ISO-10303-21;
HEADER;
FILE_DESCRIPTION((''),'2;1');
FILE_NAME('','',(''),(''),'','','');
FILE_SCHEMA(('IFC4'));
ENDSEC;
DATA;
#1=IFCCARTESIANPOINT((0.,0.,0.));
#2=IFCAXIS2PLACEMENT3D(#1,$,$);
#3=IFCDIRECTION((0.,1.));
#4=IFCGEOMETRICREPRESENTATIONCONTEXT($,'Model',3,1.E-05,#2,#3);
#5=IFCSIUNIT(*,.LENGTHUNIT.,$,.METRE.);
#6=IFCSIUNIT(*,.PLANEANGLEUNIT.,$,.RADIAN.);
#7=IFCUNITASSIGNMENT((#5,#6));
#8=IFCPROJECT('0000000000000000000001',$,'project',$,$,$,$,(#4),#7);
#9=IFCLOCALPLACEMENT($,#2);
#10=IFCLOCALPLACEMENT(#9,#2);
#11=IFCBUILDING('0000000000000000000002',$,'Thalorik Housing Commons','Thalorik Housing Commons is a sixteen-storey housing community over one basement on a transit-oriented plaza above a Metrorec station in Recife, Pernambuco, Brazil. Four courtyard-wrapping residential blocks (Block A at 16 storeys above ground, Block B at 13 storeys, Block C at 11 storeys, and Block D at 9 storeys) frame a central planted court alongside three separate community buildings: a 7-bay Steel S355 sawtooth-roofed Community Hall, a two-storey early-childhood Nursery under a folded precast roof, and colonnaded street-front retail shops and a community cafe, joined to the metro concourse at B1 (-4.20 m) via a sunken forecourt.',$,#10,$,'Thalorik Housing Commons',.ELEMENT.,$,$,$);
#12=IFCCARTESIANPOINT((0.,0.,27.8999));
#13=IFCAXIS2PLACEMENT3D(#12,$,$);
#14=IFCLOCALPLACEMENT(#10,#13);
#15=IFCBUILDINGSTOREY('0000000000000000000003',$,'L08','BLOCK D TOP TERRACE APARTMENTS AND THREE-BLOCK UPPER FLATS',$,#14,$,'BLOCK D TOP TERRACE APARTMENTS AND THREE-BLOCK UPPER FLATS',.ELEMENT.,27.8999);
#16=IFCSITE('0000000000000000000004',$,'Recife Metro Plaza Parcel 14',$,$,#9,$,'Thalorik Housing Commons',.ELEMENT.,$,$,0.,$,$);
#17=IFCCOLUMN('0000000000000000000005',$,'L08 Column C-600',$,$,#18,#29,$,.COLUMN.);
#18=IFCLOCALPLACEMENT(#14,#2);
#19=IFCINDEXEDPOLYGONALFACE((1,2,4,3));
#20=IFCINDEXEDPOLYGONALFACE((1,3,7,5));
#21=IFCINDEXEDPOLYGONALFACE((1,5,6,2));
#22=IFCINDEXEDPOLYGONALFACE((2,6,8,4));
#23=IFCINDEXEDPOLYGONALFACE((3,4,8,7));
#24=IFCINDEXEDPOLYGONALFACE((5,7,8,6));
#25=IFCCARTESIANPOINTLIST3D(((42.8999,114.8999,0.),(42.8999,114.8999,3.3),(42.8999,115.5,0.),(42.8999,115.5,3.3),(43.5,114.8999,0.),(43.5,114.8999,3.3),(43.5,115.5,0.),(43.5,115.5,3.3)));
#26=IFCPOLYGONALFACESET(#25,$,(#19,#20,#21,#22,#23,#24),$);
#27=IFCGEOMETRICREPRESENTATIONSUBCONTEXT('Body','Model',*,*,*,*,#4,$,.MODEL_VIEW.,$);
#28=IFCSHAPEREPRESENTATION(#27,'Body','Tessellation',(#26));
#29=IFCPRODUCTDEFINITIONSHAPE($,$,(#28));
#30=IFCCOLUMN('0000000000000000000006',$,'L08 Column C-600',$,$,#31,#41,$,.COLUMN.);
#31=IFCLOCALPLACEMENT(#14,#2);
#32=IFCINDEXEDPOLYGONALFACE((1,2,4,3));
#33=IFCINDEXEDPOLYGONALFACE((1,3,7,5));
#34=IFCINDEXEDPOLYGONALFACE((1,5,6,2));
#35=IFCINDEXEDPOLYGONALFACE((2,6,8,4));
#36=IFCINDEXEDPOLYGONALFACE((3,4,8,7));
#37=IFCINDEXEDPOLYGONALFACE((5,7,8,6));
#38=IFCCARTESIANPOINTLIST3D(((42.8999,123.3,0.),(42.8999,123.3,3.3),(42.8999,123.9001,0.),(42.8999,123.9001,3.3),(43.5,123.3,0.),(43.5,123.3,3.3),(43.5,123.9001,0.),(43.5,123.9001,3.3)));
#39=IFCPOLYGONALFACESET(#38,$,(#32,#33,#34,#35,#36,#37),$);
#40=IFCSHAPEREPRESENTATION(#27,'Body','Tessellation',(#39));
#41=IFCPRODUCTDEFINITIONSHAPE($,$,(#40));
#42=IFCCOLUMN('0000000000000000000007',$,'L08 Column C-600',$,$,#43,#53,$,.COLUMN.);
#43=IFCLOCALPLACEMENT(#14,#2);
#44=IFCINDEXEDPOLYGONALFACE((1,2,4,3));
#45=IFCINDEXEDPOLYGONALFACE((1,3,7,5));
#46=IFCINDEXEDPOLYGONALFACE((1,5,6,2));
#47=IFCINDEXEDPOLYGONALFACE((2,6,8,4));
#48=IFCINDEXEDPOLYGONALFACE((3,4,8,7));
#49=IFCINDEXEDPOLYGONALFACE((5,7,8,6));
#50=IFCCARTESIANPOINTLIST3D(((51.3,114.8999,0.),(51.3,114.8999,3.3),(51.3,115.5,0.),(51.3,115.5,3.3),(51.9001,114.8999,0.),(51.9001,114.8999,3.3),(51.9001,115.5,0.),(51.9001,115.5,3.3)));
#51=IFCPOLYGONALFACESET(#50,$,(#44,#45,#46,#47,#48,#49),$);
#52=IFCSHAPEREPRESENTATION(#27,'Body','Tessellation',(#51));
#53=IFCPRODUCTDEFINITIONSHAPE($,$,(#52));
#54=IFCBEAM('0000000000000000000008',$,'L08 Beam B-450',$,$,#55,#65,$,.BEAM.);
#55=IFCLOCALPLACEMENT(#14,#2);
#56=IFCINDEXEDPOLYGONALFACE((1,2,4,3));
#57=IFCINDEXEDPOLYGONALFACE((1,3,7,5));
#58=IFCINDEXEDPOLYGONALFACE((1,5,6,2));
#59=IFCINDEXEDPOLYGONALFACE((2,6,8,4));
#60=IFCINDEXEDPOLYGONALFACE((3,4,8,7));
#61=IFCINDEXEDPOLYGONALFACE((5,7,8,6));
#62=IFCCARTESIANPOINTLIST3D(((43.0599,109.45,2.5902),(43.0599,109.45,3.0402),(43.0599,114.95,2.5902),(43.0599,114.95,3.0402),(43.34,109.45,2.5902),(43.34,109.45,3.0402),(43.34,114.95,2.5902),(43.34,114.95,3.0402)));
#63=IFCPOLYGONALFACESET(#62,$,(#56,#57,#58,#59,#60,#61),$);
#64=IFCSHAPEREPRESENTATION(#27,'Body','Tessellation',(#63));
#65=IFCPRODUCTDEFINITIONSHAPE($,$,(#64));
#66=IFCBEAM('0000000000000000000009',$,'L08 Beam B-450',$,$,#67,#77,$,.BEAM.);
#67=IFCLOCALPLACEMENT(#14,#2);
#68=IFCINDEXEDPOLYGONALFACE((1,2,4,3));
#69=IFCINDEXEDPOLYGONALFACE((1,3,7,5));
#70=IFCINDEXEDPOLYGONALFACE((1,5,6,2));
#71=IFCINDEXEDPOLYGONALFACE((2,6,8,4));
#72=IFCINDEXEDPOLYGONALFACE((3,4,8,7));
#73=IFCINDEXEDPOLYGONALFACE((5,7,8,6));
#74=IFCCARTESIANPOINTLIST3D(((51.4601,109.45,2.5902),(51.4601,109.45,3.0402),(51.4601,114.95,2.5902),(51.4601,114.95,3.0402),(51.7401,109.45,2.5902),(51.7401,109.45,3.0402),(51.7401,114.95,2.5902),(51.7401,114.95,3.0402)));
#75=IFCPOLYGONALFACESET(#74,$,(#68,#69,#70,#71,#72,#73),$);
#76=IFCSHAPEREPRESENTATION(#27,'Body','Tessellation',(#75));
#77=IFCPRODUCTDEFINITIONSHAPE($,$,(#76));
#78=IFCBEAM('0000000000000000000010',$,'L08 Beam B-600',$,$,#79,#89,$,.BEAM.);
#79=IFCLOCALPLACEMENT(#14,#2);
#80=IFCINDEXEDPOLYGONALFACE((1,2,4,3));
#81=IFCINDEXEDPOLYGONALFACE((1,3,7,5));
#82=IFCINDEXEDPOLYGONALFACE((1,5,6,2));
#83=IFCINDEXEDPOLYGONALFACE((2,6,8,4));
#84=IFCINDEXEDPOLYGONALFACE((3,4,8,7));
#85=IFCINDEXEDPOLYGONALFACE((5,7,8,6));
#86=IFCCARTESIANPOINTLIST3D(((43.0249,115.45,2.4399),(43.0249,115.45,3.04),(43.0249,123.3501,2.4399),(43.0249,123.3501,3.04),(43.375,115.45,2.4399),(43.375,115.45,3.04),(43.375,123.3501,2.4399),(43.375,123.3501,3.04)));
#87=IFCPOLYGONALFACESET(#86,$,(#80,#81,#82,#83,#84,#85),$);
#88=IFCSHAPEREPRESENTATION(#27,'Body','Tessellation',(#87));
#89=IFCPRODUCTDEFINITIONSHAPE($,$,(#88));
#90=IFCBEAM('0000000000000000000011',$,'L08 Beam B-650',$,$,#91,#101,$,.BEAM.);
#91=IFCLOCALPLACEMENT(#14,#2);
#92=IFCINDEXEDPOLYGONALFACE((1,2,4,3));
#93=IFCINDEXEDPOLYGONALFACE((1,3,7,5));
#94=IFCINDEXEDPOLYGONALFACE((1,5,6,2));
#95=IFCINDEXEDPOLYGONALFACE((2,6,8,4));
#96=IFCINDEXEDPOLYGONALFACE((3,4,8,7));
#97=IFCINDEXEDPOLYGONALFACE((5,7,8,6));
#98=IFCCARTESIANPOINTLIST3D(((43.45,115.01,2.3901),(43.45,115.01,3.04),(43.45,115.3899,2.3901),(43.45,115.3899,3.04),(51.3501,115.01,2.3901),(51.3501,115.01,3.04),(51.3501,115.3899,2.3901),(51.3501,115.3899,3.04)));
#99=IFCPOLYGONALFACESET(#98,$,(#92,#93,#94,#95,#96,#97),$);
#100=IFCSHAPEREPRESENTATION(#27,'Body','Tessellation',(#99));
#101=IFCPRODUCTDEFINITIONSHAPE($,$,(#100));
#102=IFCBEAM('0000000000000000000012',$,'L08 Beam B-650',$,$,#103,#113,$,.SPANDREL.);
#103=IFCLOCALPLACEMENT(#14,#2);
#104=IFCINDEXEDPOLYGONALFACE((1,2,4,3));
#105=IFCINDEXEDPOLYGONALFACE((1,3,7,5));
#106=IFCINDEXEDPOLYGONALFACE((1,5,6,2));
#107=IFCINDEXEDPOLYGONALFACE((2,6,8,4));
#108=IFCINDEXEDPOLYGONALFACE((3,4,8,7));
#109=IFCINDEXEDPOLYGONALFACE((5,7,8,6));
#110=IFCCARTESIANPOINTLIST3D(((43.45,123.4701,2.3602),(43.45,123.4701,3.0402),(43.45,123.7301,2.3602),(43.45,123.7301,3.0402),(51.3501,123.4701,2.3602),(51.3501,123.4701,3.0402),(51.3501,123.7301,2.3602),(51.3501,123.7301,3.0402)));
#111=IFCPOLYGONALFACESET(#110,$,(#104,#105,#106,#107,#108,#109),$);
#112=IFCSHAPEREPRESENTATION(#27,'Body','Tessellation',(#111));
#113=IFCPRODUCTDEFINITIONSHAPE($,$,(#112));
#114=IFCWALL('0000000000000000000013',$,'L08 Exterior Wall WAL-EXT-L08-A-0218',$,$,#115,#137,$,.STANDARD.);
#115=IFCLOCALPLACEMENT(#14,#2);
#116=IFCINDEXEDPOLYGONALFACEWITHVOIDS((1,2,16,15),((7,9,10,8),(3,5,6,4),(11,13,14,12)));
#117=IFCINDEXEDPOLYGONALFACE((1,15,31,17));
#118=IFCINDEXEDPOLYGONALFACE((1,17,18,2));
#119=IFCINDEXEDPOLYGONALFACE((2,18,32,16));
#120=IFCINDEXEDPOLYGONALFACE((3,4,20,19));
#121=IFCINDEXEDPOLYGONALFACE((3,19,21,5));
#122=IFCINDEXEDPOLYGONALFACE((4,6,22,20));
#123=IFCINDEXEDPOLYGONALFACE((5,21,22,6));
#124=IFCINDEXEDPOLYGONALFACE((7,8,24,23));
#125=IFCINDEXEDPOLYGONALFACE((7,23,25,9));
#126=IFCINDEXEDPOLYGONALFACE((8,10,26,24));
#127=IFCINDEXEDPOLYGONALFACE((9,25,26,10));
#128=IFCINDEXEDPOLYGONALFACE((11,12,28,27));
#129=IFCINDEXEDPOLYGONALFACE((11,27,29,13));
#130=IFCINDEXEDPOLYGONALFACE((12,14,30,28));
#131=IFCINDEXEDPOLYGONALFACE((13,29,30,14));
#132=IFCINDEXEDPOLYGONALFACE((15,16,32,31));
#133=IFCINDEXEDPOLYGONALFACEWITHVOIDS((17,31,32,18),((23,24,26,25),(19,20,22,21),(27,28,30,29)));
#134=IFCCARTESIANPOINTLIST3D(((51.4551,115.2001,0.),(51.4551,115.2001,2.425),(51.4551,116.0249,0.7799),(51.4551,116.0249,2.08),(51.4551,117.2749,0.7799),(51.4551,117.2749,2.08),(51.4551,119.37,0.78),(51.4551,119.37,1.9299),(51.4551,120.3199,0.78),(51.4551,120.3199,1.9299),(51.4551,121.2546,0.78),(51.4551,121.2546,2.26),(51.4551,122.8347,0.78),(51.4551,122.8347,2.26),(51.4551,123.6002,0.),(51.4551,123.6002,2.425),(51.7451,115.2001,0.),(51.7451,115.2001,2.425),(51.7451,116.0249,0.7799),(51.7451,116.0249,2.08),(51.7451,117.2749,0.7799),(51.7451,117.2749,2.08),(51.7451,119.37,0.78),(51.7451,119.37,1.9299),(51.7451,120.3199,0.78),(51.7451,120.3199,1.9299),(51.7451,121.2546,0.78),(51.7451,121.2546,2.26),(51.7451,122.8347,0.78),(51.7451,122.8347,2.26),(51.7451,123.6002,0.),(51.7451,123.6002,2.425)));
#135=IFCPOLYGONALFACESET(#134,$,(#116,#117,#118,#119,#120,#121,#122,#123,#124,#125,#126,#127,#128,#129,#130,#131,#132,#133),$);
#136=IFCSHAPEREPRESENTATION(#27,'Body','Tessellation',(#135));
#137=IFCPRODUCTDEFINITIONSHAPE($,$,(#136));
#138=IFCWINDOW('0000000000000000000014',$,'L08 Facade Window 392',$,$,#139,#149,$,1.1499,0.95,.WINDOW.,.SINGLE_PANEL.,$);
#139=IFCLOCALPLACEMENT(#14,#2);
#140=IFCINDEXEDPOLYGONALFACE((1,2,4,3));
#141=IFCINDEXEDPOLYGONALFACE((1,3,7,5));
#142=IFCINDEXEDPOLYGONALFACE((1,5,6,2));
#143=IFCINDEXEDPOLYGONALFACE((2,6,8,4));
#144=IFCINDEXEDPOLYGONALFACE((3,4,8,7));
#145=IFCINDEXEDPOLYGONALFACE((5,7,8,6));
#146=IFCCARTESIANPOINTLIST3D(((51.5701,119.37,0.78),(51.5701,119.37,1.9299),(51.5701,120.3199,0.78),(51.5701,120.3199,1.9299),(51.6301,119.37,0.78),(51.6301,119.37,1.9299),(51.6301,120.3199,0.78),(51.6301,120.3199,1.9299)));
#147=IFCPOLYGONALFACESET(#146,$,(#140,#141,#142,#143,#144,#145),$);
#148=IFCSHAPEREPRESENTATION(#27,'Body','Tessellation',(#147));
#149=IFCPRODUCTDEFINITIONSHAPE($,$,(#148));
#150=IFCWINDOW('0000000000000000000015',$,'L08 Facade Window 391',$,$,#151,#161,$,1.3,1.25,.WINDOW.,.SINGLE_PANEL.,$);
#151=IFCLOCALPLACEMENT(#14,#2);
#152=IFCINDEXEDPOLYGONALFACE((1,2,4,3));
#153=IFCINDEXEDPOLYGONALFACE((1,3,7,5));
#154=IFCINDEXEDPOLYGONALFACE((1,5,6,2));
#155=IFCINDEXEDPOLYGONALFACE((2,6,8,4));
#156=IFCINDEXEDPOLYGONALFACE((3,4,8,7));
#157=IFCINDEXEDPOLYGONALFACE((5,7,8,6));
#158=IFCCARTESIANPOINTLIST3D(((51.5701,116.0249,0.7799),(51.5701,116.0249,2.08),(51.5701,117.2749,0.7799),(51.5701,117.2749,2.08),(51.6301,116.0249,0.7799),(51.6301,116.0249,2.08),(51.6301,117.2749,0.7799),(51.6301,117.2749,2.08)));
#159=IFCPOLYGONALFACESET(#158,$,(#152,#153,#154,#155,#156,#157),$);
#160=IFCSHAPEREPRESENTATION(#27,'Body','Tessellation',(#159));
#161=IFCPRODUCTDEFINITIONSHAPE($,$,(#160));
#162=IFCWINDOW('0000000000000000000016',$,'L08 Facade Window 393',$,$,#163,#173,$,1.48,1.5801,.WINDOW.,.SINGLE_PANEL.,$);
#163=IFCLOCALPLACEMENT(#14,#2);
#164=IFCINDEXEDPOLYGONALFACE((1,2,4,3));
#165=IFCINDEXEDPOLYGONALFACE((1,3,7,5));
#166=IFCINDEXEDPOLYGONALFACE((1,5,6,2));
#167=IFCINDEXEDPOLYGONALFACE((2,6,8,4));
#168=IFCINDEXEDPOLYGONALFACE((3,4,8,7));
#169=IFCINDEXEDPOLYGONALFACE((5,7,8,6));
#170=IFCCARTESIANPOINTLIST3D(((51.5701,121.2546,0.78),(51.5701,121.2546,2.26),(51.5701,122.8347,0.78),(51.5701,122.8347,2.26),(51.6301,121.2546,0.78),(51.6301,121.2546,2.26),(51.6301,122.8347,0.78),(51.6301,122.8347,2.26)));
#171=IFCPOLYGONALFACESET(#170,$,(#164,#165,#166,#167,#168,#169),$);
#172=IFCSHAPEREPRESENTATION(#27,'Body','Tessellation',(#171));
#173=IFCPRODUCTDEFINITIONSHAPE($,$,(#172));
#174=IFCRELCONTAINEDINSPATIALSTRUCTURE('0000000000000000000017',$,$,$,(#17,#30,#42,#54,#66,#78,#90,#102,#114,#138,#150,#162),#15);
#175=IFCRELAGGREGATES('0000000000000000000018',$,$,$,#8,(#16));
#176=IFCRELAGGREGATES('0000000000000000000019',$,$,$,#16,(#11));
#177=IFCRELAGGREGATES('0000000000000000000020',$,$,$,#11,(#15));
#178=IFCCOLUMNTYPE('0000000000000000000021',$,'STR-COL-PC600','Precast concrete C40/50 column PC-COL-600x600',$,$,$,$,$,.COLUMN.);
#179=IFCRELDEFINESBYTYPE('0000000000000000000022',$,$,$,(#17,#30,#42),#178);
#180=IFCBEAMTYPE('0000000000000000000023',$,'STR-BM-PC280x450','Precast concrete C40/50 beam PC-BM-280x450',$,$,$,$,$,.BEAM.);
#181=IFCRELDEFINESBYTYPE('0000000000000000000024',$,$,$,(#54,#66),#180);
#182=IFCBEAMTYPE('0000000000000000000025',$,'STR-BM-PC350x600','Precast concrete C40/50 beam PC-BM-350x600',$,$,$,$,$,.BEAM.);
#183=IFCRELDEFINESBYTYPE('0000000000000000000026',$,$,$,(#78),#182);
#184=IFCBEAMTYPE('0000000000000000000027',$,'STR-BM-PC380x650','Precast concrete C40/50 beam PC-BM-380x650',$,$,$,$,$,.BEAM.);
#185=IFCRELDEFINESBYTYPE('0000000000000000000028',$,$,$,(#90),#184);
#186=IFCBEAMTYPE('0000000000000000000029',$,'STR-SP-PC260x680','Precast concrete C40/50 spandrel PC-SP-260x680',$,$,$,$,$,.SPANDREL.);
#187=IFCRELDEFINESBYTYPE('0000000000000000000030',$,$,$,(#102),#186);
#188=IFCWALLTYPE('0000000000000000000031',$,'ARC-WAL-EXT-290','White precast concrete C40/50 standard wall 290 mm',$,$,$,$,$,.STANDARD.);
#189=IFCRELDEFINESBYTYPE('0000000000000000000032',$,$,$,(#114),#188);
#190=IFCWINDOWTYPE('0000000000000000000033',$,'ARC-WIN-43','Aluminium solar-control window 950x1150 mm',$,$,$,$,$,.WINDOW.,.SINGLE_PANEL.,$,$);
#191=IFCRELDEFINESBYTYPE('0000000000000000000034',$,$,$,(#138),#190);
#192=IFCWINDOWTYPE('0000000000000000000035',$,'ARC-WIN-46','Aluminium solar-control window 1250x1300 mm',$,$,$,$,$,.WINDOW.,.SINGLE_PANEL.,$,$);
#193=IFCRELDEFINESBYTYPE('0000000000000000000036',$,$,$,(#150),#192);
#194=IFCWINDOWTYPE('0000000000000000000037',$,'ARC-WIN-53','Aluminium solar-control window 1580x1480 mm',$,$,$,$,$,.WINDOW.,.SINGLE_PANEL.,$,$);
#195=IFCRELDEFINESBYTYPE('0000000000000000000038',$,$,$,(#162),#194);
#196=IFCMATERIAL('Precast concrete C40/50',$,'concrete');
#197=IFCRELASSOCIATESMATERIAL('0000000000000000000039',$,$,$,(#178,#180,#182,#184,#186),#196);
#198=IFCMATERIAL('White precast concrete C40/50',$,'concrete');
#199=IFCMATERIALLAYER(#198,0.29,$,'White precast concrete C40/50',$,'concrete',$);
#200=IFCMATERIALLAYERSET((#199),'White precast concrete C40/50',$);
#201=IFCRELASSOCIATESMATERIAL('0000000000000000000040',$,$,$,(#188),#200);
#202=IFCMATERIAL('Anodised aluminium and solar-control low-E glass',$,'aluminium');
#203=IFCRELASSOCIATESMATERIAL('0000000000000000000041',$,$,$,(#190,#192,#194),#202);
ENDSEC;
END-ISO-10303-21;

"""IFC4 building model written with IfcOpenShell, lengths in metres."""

from ifc_helpers import new_model, si_unit, direction, frame, frame_2d, origin, origin_2d, place, context, subcontext, project, spatial, rectangle, extrude, material, layer, layer_set, material_profile, profile_set, type_object, element, fill, save


model = new_model("IFC4")

# Units and contexts
model_context = context("Model", 3, precision=1e-05, world=origin(), true_north=direction((0.0, 1.0)))
body_context = subcontext(model_context, "Body", "Model", "MODEL_VIEW")
ifc_project = project(units=[si_unit("LENGTHUNIT", "METRE"), si_unit("PLANEANGLEUNIT", "RADIAN")], contexts=[model_context])

# Site, building, storey
site_placement = place(None, origin())
site = spatial("IfcSite", under=ifc_project, at=site_placement, Name="Recife Metro Plaza Parcel 14", LongName="Thalorik Housing Commons", CompositionType="ELEMENT", RefElevation=0.0)
building_placement = place(site_placement, origin())
building = spatial("IfcBuilding", under=site, at=building_placement, Name="Thalorik Housing Commons", Description="Thalorik Housing Commons is a sixteen-storey housing community over one basement on a transit-oriented plaza above a Metrorec station in Recife, Pernambuco, Brazil. Four courtyard-wrapping residential blocks (Block A at 16 storeys above ground, Block B at 13 storeys, Block C at 11 storeys, and Block D at 9 storeys) frame a central planted court alongside three separate community buildings: a 7-bay Steel S355 sawtooth-roofed Community Hall, a two-storey early-childhood Nursery under a folded precast roof, and colonnaded street-front retail shops and a community cafe, joined to the metro concourse at B1 (-4.20 m) via a sunken forecourt.", LongName="Thalorik Housing Commons", CompositionType="ELEMENT")
storey_placement = place(building_placement, frame((0.0, 0.0, 27.8999)))
storey = spatial("IfcBuildingStorey", under=building, at=storey_placement, Name="L08", Description="BLOCK D TOP TERRACE APARTMENTS AND THREE-BLOCK UPPER FLATS", LongName="BLOCK D TOP TERRACE APARTMENTS AND THREE-BLOCK UPPER FLATS", CompositionType="ELEMENT", Elevation=27.8999)

# Columns
ifc_material_1 = material(Name="Precast concrete C40/50", Category="concrete")
ifc_material_profile_1 = material_profile(ifc_material_1, rectangle(XDim=0.6001, YDim=0.6001, at=origin_2d()), Name="PC 600x600", Category="concrete")
ifc_profile_set_1 = profile_set([ifc_material_profile_1], Name="Precast concrete C40/50")
column_type = type_object("IfcColumnType", Name="STR-COL-PC600", Description="Precast concrete C40/50 column PC-COL-600x600", PredefinedType="COLUMN", material=ifc_profile_set_1)
for number, where, z_axis, x_axis, name in (
    (1, (43.2, 115.2, 0.0), (0.0, 0.0, 1.0), (1.0, 0.0, 0.0), "L08 Column C-600"),
    (2, (43.2, 123.6001, 0.0), (0.0, 0.0, 1.0), (1.0, 0.0, 0.0), "L08 Column C-600"),
    (3, (51.6001, 115.2, 0.0), (0.0, 0.0, 1.0), (1.0, 0.0, 0.0), "L08 Column C-600"),
):
    element("IfcColumn", number, at=place(storey_placement, frame(where, z_axis=z_axis, x_axis=x_axis)), inside=storey, type_object=column_type, Name=name, PredefinedType="COLUMN", context=body_context, shape_type="SweptSolid", body=[
        extrude(rectangle(XDim=0.6001, YDim=0.6001, at=origin_2d()), origin(), (0.0, 0.0, 1.0), 3.3),
    ])

# Beams
ifc_material_profile_2 = material_profile(ifc_material_1, rectangle(XDim=0.28, YDim=0.45, at=origin_2d()), Name="PC 280x450", Category="concrete")
ifc_profile_set_2 = profile_set([ifc_material_profile_2], Name="Precast concrete C40/50")
beam_type_1 = type_object("IfcBeamType", Name="STR-BM-PC280x450", Description="Precast concrete C40/50 beam PC-BM-280x450", PredefinedType="BEAM", material=ifc_profile_set_2)
for number, where, z_axis, x_axis, name in (
    (4, (43.2, 109.45, 2.8152), (0.0, 1.0, 0.0), (-1.0, 0.0, 0.0), "L08 Beam B-450"),
    (5, (51.6001, 109.45, 2.8152), (0.0, 1.0, 0.0), (-1.0, 0.0, 0.0), "L08 Beam B-450"),
):
    element("IfcBeam", number, at=place(storey_placement, frame(where, z_axis=z_axis, x_axis=x_axis)), inside=storey, type_object=beam_type_1, Name=name, PredefinedType="BEAM", context=body_context, shape_type="SweptSolid", body=[
        extrude(rectangle(XDim=0.28, YDim=0.45, at=origin_2d()), origin(), (0.0, 0.0, 1.0), 5.5),
    ])
ifc_material_profile_3 = material_profile(ifc_material_1, rectangle(XDim=0.3501, YDim=0.6001, at=origin_2d()), Name="PC 350x600", Category="concrete")
ifc_profile_set_3 = profile_set([ifc_material_profile_3], Name="Precast concrete C40/50")
beam_type_2 = type_object("IfcBeamType", Name="STR-BM-PC350x600", Description="Precast concrete C40/50 beam PC-BM-350x600", PredefinedType="BEAM", material=ifc_profile_set_3)
beam_1_placement = place(storey_placement, frame((43.2, 115.45, 2.74), z_axis=(0.0, 1.0, 0.0), x_axis=(-1.0, 0.0, 0.0)))
element("IfcBeam", 6, at=beam_1_placement, inside=storey, type_object=beam_type_2, Name="L08 Beam B-600", PredefinedType="BEAM", context=body_context, shape_type="SweptSolid", body=[
    extrude(rectangle(XDim=0.3501, YDim=0.6001, at=origin_2d()), origin(), (0.0, 0.0, 1.0), 7.9001),
])
ifc_material_profile_4 = material_profile(ifc_material_1, rectangle(XDim=0.3799, YDim=0.6499, at=origin_2d()), Name="PC 380x650", Category="concrete")
ifc_profile_set_4 = profile_set([ifc_material_profile_4], Name="Precast concrete C40/50")
beam_type_3 = type_object("IfcBeamType", Name="STR-BM-PC380x650", Description="Precast concrete C40/50 beam PC-BM-380x650", PredefinedType="BEAM", material=ifc_profile_set_4)
beam_2_placement = place(storey_placement, frame((43.45, 115.2, 2.7151), z_axis=(1.0, 0.0, 0.0), x_axis=(0.0, 1.0, 0.0)))
element("IfcBeam", 7, at=beam_2_placement, inside=storey, type_object=beam_type_3, Name="L08 Beam B-650", PredefinedType="BEAM", context=body_context, shape_type="SweptSolid", body=[
    extrude(rectangle(XDim=0.3799, YDim=0.6499, at=origin_2d()), origin(), (0.0, 0.0, 1.0), 7.9001),
])
ifc_material_profile_5 = material_profile(ifc_material_1, rectangle(XDim=0.26, YDim=0.6799, at=origin_2d()), Name="PC SP 260x680", Category="concrete")
ifc_profile_set_5 = profile_set([ifc_material_profile_5], Name="Precast concrete C40/50")
beam_type_4 = type_object("IfcBeamType", Name="STR-SP-PC260x680", Description="Precast concrete C40/50 spandrel PC-SP-260x680", PredefinedType="SPANDREL", material=ifc_profile_set_5)
beam_3_placement = place(storey_placement, frame((43.45, 123.6001, 2.7002), z_axis=(1.0, 0.0, 0.0), x_axis=(0.0, 1.0, 0.0)))
element("IfcBeam", 8, at=beam_3_placement, inside=storey, type_object=beam_type_4, Name="L08 Beam B-650", PredefinedType="SPANDREL", context=body_context, shape_type="SweptSolid", body=[
    extrude(rectangle(XDim=0.26, YDim=0.6799, at=origin_2d()), origin(), (0.0, 0.0, 1.0), 7.9001),
])

# Wall, openings, windows
ifc_material_2 = material(Name="White precast concrete C40/50", Category="concrete")
ifc_layer_1 = layer(ifc_material_2, 0.29, Name="White precast concrete C40/50", Category="concrete")
ifc_layer_set_1 = layer_set([ifc_layer_1], Name="White precast concrete C40/50")
wall_type_1 = type_object("IfcWallType", Name="ARC-WAL-EXT-290", Description="White precast concrete C40/50 standard wall 290 mm", PredefinedType="STANDARD", material=ifc_layer_set_1)
wall_1_placement = place(storey_placement, frame((51.6001, 115.2, 0.0), z_axis=(0.0, 0.0, 1.0), x_axis=(0.0, 1.0, 0.0)))
wall_1 = element("IfcWall", 9, at=wall_1_placement, inside=storey, type_object=wall_type_1, Name="L08 Exterior Wall WAL-EXT-L08-A-0218", PredefinedType="STANDARD", context=body_context, shape_type="SweptSolid", body=[
    extrude(rectangle(XDim=8.4001, YDim=0.29, at=frame_2d((4.2002, 0.0))), origin(), (0.0, 0.0, 1.0), 2.425),
])
opening_1_placement = place(wall_1_placement, frame((0.825, 0.0, 0.78)))
opening_1 = element("IfcOpeningElement", 10, at=opening_1_placement, cuts=wall_1, PredefinedType="OPENING", context=body_context, shape_type="SweptSolid", body=[
    extrude(rectangle(XDim=1.25, YDim=1.3, at=frame_2d((0.625, 0.6499))), frame((0.0, 0.155, 0.0), z_axis=(0.0, -1.0, 0.0), x_axis=(1.0, 0.0, 0.0)), (0.0, 0.0, 1.0), 0.3101),
])
opening_2_placement = place(wall_1_placement, frame((4.1699, 0.0, 0.78)))
opening_2 = element("IfcOpeningElement", 11, at=opening_2_placement, cuts=wall_1, PredefinedType="OPENING", context=body_context, shape_type="SweptSolid", body=[
    extrude(rectangle(XDim=0.95, YDim=1.1499, at=frame_2d((0.4751, 0.575))), frame((0.0, 0.155, 0.0), z_axis=(0.0, -1.0, 0.0), x_axis=(1.0, 0.0, 0.0)), (0.0, 0.0, 1.0), 0.3101),
])
opening_3_placement = place(wall_1_placement, frame((6.0547, 0.0, 0.78)))
opening_3 = element("IfcOpeningElement", 12, at=opening_3_placement, cuts=wall_1, PredefinedType="OPENING", context=body_context, shape_type="SweptSolid", body=[
    extrude(rectangle(XDim=1.5801, YDim=1.48, at=frame_2d((0.79, 0.74))), frame((0.0, 0.155, 0.0), z_axis=(0.0, -1.0, 0.0), x_axis=(1.0, 0.0, 0.0)), (0.0, 0.0, 1.0), 0.3101),
])
ifc_material_3 = material(Name="Anodised aluminium and solar-control low-E glass", Category="aluminium")
window_type_1 = type_object("IfcWindowType", Name="ARC-WIN-43", Description="Aluminium solar-control window 950x1150 mm", PartitioningType="SINGLE_PANEL", PredefinedType="WINDOW", material=ifc_material_3)
window_1_placement = place(opening_2_placement, origin())
window_1 = element("IfcWindow", 13, at=window_1_placement, inside=storey, type_object=window_type_1, Name="L08 Facade Window 392", OverallHeight=1.1499, OverallWidth=0.95, PartitioningType="SINGLE_PANEL", PredefinedType="WINDOW", context=body_context, shape_type="SweptSolid", body=[
    extrude(rectangle(XDim=0.95, YDim=1.1499, at=frame_2d((0.4751, 0.575))), frame((0.0, 0.03, 0.0), z_axis=(0.0, -1.0, 0.0), x_axis=(1.0, 0.0, 0.0)), (0.0, 0.0, 1.0), 0.0601),
])
fill(opening_2, window_1)
window_type_2 = type_object("IfcWindowType", Name="ARC-WIN-46", Description="Aluminium solar-control window 1250x1300 mm", PartitioningType="SINGLE_PANEL", PredefinedType="WINDOW", material=ifc_material_3)
window_2_placement = place(opening_1_placement, origin())
window_2 = element("IfcWindow", 14, at=window_2_placement, inside=storey, type_object=window_type_2, Name="L08 Facade Window 391", OverallHeight=1.3, OverallWidth=1.25, PartitioningType="SINGLE_PANEL", PredefinedType="WINDOW", context=body_context, shape_type="SweptSolid", body=[
    extrude(rectangle(XDim=1.25, YDim=1.3, at=frame_2d((0.625, 0.6499))), frame((0.0, 0.03, 0.0), z_axis=(0.0, -1.0, 0.0), x_axis=(1.0, 0.0, 0.0)), (0.0, 0.0, 1.0), 0.0601),
])
fill(opening_1, window_2)
window_type_3 = type_object("IfcWindowType", Name="ARC-WIN-53", Description="Aluminium solar-control window 1580x1480 mm", PartitioningType="SINGLE_PANEL", PredefinedType="WINDOW", material=ifc_material_3)
window_3_placement = place(opening_3_placement, origin())
window_3 = element("IfcWindow", 15, at=window_3_placement, inside=storey, type_object=window_type_3, Name="L08 Facade Window 393", OverallHeight=1.48, OverallWidth=1.5801, PartitioningType="SINGLE_PANEL", PredefinedType="WINDOW", context=body_context, shape_type="SweptSolid", body=[
    extrude(rectangle(XDim=1.5801, YDim=1.48, at=frame_2d((0.79, 0.74))), frame((0.0, 0.03, 0.0), z_axis=(0.0, -1.0, 0.0), x_axis=(1.0, 0.0, 0.0)), (0.0, 0.0, 1.0), 0.0601),
])
fill(opening_3, window_3)

save(model, "model.ifc")
